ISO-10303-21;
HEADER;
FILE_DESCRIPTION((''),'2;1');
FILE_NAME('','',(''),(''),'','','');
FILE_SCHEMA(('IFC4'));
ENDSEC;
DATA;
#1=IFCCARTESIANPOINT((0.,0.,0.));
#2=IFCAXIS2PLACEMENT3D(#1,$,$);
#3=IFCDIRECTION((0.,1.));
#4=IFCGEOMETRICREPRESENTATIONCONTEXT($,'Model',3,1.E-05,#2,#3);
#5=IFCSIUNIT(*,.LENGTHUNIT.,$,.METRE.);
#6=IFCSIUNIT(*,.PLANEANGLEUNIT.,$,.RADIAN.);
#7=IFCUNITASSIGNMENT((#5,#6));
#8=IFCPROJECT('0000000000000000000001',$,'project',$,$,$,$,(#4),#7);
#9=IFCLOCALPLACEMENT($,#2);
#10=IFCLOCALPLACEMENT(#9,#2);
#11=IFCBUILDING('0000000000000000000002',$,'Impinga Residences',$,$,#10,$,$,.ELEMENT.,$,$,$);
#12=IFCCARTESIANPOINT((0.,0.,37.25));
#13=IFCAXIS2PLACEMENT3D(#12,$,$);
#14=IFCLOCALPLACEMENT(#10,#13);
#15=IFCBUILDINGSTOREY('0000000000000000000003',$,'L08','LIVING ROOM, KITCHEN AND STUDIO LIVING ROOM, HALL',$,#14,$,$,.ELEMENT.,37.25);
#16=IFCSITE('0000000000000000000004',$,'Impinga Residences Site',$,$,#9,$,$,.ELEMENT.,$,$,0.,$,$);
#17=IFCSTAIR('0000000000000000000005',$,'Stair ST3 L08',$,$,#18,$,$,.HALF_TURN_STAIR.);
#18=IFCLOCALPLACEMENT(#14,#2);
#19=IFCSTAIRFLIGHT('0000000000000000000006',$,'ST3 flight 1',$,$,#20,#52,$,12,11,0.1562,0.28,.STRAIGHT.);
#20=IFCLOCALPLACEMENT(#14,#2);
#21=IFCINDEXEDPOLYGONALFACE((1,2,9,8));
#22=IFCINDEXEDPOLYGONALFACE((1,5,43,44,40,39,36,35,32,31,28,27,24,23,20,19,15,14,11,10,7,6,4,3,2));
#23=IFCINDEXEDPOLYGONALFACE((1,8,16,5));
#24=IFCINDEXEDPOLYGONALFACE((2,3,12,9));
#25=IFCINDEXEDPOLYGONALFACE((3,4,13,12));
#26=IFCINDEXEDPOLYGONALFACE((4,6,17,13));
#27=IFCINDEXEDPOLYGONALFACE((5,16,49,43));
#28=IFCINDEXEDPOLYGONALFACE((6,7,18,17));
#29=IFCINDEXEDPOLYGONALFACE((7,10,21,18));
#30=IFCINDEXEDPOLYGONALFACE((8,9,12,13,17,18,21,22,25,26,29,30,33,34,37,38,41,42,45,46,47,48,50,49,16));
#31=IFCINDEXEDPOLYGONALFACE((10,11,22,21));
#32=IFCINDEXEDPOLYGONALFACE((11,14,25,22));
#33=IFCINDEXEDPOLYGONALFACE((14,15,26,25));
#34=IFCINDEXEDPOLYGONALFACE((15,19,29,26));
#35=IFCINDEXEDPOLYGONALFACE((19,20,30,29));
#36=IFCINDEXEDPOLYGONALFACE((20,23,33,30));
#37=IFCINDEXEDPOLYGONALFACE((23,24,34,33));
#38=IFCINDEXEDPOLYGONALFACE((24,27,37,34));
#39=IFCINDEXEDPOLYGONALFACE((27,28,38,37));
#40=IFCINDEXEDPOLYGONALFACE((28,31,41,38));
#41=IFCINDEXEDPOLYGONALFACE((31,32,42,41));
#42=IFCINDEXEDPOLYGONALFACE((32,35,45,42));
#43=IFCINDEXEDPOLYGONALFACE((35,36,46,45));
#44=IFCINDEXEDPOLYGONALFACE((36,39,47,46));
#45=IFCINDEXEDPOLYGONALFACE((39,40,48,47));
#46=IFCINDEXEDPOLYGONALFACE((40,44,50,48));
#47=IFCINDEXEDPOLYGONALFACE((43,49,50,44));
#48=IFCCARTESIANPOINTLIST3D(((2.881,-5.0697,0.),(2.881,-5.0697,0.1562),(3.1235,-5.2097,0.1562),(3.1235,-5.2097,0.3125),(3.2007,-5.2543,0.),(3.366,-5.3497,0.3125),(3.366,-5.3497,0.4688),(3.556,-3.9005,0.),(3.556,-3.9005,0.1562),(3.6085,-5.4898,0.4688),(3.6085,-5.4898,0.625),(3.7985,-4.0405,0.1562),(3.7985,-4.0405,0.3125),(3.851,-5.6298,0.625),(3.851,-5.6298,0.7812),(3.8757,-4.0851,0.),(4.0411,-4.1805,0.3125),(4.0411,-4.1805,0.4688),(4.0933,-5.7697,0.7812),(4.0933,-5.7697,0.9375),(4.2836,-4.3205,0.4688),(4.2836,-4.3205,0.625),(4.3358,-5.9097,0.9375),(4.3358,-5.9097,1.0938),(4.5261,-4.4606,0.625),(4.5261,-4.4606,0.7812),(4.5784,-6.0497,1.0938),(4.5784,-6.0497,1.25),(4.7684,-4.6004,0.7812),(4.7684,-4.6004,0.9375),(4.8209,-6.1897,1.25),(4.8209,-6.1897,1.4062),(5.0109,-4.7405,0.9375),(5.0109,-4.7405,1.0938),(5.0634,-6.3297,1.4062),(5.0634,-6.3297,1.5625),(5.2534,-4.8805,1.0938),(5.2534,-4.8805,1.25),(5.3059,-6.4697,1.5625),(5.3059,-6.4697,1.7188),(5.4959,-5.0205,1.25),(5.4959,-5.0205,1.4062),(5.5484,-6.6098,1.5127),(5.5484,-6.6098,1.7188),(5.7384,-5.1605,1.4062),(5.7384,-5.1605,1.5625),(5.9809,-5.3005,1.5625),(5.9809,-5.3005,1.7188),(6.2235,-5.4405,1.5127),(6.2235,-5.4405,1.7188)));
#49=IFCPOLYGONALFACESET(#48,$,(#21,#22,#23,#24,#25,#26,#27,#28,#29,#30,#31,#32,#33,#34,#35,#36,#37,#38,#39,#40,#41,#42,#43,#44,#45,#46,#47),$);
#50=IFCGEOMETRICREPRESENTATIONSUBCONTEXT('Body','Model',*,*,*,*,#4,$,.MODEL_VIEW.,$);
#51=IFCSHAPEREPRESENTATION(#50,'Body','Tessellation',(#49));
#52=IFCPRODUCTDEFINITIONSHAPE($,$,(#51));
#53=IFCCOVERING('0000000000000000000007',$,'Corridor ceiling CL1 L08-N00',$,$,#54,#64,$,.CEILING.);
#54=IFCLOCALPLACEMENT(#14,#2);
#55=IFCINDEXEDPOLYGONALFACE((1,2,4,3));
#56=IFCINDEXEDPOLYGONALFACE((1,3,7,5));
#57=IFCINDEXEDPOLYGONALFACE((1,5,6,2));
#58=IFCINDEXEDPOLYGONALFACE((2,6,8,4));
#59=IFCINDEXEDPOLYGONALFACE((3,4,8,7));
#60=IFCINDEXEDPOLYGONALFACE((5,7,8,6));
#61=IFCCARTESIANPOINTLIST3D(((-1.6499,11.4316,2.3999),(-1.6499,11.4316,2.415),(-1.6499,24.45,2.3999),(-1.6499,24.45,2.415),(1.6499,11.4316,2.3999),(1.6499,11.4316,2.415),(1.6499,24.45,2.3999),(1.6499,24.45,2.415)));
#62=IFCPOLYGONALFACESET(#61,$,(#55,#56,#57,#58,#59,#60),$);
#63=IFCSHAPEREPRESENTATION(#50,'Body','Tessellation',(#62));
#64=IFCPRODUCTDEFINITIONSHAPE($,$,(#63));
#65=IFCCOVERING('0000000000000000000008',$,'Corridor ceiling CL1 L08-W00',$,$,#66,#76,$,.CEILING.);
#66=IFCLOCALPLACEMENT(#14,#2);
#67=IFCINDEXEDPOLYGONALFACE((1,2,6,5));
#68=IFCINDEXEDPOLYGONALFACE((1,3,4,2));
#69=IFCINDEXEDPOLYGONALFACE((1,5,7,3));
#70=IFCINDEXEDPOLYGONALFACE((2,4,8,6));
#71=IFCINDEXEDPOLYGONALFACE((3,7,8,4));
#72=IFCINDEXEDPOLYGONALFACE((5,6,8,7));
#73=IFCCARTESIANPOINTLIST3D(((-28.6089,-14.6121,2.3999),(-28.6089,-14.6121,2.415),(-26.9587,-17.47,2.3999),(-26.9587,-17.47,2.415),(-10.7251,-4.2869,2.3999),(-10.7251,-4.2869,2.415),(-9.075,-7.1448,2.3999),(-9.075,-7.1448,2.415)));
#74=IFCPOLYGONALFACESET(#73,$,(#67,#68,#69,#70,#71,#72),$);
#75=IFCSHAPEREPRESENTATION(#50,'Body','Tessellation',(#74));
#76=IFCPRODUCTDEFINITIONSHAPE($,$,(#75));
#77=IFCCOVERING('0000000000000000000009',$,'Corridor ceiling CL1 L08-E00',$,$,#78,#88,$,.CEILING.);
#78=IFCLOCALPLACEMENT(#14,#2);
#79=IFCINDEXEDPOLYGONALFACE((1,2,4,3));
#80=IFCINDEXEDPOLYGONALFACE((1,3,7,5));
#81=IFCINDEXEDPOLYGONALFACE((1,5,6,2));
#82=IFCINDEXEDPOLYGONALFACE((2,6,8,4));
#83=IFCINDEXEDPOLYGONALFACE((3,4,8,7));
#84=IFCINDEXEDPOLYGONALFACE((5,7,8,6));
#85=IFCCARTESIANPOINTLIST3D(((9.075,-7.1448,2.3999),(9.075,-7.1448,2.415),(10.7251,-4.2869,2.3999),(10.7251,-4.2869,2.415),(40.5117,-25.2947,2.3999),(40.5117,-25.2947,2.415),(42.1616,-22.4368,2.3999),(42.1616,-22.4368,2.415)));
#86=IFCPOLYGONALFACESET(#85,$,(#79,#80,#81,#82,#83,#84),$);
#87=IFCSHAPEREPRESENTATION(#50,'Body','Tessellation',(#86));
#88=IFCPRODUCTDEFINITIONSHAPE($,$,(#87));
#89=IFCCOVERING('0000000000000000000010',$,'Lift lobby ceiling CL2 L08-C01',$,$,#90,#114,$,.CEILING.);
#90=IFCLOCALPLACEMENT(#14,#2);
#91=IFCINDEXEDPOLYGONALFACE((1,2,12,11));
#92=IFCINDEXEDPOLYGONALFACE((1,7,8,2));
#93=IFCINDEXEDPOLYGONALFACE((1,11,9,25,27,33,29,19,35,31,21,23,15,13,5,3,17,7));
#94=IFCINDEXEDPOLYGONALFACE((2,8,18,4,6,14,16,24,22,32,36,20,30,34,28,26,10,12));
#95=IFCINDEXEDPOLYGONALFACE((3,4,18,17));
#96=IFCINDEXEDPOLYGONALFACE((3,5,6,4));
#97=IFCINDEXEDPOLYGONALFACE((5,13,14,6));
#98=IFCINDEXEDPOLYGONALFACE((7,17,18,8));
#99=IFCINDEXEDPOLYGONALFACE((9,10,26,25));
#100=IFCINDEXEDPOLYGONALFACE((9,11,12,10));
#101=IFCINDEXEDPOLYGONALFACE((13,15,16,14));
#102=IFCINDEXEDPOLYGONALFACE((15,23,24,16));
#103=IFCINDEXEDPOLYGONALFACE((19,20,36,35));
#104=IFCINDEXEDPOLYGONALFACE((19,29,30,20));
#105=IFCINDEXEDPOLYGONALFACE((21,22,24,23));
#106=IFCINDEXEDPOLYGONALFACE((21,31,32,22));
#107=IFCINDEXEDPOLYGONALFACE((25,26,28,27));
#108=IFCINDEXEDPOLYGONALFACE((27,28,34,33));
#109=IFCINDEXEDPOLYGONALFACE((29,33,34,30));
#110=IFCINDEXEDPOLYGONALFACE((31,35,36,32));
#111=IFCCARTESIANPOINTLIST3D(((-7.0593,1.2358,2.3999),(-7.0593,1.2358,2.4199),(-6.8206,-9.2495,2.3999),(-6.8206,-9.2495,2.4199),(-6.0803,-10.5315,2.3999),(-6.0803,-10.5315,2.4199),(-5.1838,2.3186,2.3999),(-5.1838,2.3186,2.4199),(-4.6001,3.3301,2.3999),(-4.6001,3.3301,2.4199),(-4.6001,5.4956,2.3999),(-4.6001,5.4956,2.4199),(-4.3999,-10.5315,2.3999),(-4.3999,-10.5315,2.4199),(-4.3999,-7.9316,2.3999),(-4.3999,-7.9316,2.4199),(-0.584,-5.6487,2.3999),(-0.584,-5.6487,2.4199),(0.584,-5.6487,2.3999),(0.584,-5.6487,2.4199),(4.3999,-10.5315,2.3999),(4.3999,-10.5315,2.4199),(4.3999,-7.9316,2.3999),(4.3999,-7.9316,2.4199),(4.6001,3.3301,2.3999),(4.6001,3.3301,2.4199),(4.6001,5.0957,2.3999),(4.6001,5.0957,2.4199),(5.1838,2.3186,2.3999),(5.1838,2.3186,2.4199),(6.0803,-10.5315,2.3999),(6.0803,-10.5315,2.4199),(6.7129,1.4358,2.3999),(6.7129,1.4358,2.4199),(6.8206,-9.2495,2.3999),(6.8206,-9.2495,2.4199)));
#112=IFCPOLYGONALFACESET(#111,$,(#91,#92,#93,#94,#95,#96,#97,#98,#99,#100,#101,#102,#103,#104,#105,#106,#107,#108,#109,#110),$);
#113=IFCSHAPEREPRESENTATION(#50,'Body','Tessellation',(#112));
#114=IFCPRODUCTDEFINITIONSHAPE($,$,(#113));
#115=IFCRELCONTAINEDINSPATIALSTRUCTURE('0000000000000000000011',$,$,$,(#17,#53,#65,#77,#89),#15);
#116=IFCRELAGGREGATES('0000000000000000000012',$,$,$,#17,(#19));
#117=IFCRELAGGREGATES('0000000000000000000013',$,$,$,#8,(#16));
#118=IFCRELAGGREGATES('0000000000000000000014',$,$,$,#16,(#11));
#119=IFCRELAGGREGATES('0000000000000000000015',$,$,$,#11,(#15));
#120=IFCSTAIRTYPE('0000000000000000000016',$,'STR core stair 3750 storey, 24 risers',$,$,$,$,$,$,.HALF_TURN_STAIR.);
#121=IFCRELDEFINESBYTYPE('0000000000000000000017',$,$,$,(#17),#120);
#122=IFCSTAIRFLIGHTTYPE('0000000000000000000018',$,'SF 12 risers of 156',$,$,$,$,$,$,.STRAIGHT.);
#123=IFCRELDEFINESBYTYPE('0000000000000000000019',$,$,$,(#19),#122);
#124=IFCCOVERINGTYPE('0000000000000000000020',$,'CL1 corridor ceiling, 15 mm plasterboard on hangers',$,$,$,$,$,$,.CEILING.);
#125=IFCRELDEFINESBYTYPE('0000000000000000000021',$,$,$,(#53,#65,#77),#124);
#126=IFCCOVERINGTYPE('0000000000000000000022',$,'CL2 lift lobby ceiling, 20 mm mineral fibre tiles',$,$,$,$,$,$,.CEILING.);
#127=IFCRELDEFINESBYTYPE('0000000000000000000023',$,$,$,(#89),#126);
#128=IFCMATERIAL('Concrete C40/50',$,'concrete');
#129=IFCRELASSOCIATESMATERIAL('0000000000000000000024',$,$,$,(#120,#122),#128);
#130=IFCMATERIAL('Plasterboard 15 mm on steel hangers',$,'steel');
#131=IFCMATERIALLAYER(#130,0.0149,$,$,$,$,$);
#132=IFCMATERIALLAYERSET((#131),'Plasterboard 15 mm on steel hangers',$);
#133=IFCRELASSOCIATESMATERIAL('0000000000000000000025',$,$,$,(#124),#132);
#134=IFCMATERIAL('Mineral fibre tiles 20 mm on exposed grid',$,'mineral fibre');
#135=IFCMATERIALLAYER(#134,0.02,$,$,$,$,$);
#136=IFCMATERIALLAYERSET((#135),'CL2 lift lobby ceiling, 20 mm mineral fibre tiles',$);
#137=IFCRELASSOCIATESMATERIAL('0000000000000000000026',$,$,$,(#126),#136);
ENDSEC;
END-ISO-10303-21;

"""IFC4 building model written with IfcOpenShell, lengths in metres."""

from ifc_helpers import new_model, si_unit, direction, frame, origin, place, context, subcontext, project, spatial, polyline, outline, extrude, material, layer, layer_set, type_object, element, aggregate, save


model = new_model("IFC4")

# Units and contexts
model_context = context("Model", 3, precision=1e-05, world=origin(), true_north=direction((0.0, 1.0)))
body_context = subcontext(model_context, "Body", "Model", "MODEL_VIEW")
ifc_project = project(units=[si_unit("LENGTHUNIT", "METRE"), si_unit("PLANEANGLEUNIT", "RADIAN")], contexts=[model_context])

# Site, building, storey
site_placement = place(None, origin())
site = spatial("IfcSite", under=ifc_project, at=site_placement, Name="Impinga Residences Site", CompositionType="ELEMENT", RefElevation=0.0)
building_placement = place(site_placement, origin())
building = spatial("IfcBuilding", under=site, at=building_placement, Name="Impinga Residences", CompositionType="ELEMENT")
storey_placement = place(building_placement, frame((0.0, 0.0, 37.25)))
storey = spatial("IfcBuildingStorey", under=building, at=storey_placement, Name="L08", Description="LIVING ROOM, KITCHEN AND STUDIO LIVING ROOM, HALL", CompositionType="ELEMENT", Elevation=37.25)

# Stair, stair flight
ifc_material_1 = material(Name="Concrete C40/50", Category="concrete")
stair_type = type_object("IfcStairType", Name="STR core stair 3750 storey, 24 risers", PredefinedType="HALF_TURN_STAIR", material=ifc_material_1)
stair_placement = place(storey_placement, origin())
stair = element("IfcStair", 1, at=stair_placement, inside=storey, type_object=stair_type, Name="Stair ST3 L08", PredefinedType="HALF_TURN_STAIR")
stair_flight_type = type_object("IfcStairFlightType", Name="SF 12 risers of 156", PredefinedType="STRAIGHT", material=ifc_material_1)
stair_flight_placement = place(storey_placement, frame((3.2185, -4.4851, 0.0), z_axis=(0.0, 0.0, 1.0), x_axis=(0.866025, -0.5, 0.0)))
stair_flight = element("IfcStairFlight", 2, at=stair_flight_placement, type_object=stair_flight_type, Name="ST3 flight 1", NumberOfRisers=12, NumberOfTreads=11, PredefinedType="STRAIGHT", RiserHeight=0.1562, TreadLength=0.28, context=body_context, shape_type="SweptSolid", body=[
    extrude(outline(polyline([(0.0, 0.0), (0.0, 0.1562), (0.28, 0.1562), (0.28, 0.3125), (0.5601, 0.3125), (0.5601, 0.4688), (0.8401, 0.4688), (0.8401, 0.625), (1.1201, 0.625), (1.1201, 0.7812), (1.3999, 0.7812), (1.3999, 0.9375), (1.6799, 0.9375), (1.6799, 1.0938), (1.96, 1.0938), (1.96, 1.25), (2.24, 1.25), (2.24, 1.4062), (2.52, 1.4062), (2.52, 1.5625), (2.8, 1.5625), (2.8, 1.7188), (3.0801, 1.7188), (3.0801, 1.875), (3.0801, 1.5127), (0.3691, 0.0), (0.0, 0.0)])), frame((0.0, 0.675, 0.0), z_axis=(0.0, -1.0, 0.0), x_axis=(1.0, 0.0, 0.0)), (0.0, 0.0, 1.0), 1.3501),
])
aggregate(stair, [stair_flight])

# Coverings
ifc_material_2 = material(Name="Plasterboard 15 mm on steel hangers", Category="steel")
ifc_layer_1 = layer(ifc_material_2, 0.0149)
ifc_layer_set_1 = layer_set([ifc_layer_1], Name="Plasterboard 15 mm on steel hangers")
covering_type_1 = type_object("IfcCoveringType", Name="CL1 corridor ceiling, 15 mm plasterboard on hangers", PredefinedType="CEILING", material=ifc_layer_set_1)
covering_1_placement = place(storey_placement, frame((0.0, 0.0, 2.3999)))
element("IfcCovering", 3, at=covering_1_placement, inside=storey, type_object=covering_type_1, Name="Corridor ceiling CL1 L08-N00", PredefinedType="CEILING", context=body_context, shape_type="SweptSolid", body=[
    extrude(outline(polyline([(1.6499, 11.4316), (-1.6499, 11.4316), (-1.6499, 24.45), (1.6499, 24.45), (1.6499, 11.4316)])), origin(), (0.0, 0.0, 1.0), 0.0151),
])
covering_2_placement = place(storey_placement, frame((0.0, 0.0, 2.3999)))
element("IfcCovering", 4, at=covering_2_placement, inside=storey, type_object=covering_type_1, Name="Corridor ceiling CL1 L08-W00", PredefinedType="CEILING", context=body_context, shape_type="SweptSolid", body=[
    extrude(outline(polyline([(-10.7251, -4.2869), (-9.075, -7.1448), (-26.9587, -17.47), (-28.6089, -14.6121), (-10.7251, -4.2869)])), origin(), (0.0, 0.0, 1.0), 0.0151),
])
covering_3_placement = place(storey_placement, frame((0.0, 0.0, 2.3999)))
element("IfcCovering", 5, at=covering_3_placement, inside=storey, type_object=covering_type_1, Name="Corridor ceiling CL1 L08-E00", PredefinedType="CEILING", context=body_context, shape_type="SweptSolid", body=[
    extrude(outline(polyline([(10.7251, -4.2869), (9.075, -7.1448), (40.5117, -25.2947), (42.1616, -22.4368), (10.7251, -4.2869)])), origin(), (0.0, 0.0, 1.0), 0.0151),
])
ifc_material_3 = material(Name="Mineral fibre tiles 20 mm on exposed grid", Category="mineral fibre")
ifc_layer_2 = layer(ifc_material_3, 0.02)
ifc_layer_set_2 = layer_set([ifc_layer_2], Name="CL2 lift lobby ceiling, 20 mm mineral fibre tiles")
covering_type_2 = type_object("IfcCoveringType", Name="CL2 lift lobby ceiling, 20 mm mineral fibre tiles", PredefinedType="CEILING", material=ifc_layer_set_2)
covering_4_placement = place(storey_placement, frame((0.0, 0.0, 2.3999)))
element("IfcCovering", 6, at=covering_4_placement, inside=storey, type_object=covering_type_2, Name="Lift lobby ceiling CL2 L08-C01", PredefinedType="CEILING", context=body_context, shape_type="SweptSolid", body=[
    extrude(outline(polyline([(6.0803, -10.5315), (4.3999, -10.5315), (4.3999, -7.9316), (-4.3999, -7.9316), (-4.3999, -10.5315), (-6.0803, -10.5315), (-6.8206, -9.2495), (-0.584, -5.6487), (-5.1838, 2.3186), (-7.0593, 1.2358), (-4.6001, 5.4956), (-4.6001, 3.3301), (4.6001, 3.3301), (4.6001, 5.0957), (6.7129, 1.4358), (5.1838, 2.3186), (0.584, -5.6487), (6.8206, -9.2495), (6.0803, -10.5315)])), origin(), (0.0, 0.0, 1.0), 0.02),
])

save(model, "model.ifc")
